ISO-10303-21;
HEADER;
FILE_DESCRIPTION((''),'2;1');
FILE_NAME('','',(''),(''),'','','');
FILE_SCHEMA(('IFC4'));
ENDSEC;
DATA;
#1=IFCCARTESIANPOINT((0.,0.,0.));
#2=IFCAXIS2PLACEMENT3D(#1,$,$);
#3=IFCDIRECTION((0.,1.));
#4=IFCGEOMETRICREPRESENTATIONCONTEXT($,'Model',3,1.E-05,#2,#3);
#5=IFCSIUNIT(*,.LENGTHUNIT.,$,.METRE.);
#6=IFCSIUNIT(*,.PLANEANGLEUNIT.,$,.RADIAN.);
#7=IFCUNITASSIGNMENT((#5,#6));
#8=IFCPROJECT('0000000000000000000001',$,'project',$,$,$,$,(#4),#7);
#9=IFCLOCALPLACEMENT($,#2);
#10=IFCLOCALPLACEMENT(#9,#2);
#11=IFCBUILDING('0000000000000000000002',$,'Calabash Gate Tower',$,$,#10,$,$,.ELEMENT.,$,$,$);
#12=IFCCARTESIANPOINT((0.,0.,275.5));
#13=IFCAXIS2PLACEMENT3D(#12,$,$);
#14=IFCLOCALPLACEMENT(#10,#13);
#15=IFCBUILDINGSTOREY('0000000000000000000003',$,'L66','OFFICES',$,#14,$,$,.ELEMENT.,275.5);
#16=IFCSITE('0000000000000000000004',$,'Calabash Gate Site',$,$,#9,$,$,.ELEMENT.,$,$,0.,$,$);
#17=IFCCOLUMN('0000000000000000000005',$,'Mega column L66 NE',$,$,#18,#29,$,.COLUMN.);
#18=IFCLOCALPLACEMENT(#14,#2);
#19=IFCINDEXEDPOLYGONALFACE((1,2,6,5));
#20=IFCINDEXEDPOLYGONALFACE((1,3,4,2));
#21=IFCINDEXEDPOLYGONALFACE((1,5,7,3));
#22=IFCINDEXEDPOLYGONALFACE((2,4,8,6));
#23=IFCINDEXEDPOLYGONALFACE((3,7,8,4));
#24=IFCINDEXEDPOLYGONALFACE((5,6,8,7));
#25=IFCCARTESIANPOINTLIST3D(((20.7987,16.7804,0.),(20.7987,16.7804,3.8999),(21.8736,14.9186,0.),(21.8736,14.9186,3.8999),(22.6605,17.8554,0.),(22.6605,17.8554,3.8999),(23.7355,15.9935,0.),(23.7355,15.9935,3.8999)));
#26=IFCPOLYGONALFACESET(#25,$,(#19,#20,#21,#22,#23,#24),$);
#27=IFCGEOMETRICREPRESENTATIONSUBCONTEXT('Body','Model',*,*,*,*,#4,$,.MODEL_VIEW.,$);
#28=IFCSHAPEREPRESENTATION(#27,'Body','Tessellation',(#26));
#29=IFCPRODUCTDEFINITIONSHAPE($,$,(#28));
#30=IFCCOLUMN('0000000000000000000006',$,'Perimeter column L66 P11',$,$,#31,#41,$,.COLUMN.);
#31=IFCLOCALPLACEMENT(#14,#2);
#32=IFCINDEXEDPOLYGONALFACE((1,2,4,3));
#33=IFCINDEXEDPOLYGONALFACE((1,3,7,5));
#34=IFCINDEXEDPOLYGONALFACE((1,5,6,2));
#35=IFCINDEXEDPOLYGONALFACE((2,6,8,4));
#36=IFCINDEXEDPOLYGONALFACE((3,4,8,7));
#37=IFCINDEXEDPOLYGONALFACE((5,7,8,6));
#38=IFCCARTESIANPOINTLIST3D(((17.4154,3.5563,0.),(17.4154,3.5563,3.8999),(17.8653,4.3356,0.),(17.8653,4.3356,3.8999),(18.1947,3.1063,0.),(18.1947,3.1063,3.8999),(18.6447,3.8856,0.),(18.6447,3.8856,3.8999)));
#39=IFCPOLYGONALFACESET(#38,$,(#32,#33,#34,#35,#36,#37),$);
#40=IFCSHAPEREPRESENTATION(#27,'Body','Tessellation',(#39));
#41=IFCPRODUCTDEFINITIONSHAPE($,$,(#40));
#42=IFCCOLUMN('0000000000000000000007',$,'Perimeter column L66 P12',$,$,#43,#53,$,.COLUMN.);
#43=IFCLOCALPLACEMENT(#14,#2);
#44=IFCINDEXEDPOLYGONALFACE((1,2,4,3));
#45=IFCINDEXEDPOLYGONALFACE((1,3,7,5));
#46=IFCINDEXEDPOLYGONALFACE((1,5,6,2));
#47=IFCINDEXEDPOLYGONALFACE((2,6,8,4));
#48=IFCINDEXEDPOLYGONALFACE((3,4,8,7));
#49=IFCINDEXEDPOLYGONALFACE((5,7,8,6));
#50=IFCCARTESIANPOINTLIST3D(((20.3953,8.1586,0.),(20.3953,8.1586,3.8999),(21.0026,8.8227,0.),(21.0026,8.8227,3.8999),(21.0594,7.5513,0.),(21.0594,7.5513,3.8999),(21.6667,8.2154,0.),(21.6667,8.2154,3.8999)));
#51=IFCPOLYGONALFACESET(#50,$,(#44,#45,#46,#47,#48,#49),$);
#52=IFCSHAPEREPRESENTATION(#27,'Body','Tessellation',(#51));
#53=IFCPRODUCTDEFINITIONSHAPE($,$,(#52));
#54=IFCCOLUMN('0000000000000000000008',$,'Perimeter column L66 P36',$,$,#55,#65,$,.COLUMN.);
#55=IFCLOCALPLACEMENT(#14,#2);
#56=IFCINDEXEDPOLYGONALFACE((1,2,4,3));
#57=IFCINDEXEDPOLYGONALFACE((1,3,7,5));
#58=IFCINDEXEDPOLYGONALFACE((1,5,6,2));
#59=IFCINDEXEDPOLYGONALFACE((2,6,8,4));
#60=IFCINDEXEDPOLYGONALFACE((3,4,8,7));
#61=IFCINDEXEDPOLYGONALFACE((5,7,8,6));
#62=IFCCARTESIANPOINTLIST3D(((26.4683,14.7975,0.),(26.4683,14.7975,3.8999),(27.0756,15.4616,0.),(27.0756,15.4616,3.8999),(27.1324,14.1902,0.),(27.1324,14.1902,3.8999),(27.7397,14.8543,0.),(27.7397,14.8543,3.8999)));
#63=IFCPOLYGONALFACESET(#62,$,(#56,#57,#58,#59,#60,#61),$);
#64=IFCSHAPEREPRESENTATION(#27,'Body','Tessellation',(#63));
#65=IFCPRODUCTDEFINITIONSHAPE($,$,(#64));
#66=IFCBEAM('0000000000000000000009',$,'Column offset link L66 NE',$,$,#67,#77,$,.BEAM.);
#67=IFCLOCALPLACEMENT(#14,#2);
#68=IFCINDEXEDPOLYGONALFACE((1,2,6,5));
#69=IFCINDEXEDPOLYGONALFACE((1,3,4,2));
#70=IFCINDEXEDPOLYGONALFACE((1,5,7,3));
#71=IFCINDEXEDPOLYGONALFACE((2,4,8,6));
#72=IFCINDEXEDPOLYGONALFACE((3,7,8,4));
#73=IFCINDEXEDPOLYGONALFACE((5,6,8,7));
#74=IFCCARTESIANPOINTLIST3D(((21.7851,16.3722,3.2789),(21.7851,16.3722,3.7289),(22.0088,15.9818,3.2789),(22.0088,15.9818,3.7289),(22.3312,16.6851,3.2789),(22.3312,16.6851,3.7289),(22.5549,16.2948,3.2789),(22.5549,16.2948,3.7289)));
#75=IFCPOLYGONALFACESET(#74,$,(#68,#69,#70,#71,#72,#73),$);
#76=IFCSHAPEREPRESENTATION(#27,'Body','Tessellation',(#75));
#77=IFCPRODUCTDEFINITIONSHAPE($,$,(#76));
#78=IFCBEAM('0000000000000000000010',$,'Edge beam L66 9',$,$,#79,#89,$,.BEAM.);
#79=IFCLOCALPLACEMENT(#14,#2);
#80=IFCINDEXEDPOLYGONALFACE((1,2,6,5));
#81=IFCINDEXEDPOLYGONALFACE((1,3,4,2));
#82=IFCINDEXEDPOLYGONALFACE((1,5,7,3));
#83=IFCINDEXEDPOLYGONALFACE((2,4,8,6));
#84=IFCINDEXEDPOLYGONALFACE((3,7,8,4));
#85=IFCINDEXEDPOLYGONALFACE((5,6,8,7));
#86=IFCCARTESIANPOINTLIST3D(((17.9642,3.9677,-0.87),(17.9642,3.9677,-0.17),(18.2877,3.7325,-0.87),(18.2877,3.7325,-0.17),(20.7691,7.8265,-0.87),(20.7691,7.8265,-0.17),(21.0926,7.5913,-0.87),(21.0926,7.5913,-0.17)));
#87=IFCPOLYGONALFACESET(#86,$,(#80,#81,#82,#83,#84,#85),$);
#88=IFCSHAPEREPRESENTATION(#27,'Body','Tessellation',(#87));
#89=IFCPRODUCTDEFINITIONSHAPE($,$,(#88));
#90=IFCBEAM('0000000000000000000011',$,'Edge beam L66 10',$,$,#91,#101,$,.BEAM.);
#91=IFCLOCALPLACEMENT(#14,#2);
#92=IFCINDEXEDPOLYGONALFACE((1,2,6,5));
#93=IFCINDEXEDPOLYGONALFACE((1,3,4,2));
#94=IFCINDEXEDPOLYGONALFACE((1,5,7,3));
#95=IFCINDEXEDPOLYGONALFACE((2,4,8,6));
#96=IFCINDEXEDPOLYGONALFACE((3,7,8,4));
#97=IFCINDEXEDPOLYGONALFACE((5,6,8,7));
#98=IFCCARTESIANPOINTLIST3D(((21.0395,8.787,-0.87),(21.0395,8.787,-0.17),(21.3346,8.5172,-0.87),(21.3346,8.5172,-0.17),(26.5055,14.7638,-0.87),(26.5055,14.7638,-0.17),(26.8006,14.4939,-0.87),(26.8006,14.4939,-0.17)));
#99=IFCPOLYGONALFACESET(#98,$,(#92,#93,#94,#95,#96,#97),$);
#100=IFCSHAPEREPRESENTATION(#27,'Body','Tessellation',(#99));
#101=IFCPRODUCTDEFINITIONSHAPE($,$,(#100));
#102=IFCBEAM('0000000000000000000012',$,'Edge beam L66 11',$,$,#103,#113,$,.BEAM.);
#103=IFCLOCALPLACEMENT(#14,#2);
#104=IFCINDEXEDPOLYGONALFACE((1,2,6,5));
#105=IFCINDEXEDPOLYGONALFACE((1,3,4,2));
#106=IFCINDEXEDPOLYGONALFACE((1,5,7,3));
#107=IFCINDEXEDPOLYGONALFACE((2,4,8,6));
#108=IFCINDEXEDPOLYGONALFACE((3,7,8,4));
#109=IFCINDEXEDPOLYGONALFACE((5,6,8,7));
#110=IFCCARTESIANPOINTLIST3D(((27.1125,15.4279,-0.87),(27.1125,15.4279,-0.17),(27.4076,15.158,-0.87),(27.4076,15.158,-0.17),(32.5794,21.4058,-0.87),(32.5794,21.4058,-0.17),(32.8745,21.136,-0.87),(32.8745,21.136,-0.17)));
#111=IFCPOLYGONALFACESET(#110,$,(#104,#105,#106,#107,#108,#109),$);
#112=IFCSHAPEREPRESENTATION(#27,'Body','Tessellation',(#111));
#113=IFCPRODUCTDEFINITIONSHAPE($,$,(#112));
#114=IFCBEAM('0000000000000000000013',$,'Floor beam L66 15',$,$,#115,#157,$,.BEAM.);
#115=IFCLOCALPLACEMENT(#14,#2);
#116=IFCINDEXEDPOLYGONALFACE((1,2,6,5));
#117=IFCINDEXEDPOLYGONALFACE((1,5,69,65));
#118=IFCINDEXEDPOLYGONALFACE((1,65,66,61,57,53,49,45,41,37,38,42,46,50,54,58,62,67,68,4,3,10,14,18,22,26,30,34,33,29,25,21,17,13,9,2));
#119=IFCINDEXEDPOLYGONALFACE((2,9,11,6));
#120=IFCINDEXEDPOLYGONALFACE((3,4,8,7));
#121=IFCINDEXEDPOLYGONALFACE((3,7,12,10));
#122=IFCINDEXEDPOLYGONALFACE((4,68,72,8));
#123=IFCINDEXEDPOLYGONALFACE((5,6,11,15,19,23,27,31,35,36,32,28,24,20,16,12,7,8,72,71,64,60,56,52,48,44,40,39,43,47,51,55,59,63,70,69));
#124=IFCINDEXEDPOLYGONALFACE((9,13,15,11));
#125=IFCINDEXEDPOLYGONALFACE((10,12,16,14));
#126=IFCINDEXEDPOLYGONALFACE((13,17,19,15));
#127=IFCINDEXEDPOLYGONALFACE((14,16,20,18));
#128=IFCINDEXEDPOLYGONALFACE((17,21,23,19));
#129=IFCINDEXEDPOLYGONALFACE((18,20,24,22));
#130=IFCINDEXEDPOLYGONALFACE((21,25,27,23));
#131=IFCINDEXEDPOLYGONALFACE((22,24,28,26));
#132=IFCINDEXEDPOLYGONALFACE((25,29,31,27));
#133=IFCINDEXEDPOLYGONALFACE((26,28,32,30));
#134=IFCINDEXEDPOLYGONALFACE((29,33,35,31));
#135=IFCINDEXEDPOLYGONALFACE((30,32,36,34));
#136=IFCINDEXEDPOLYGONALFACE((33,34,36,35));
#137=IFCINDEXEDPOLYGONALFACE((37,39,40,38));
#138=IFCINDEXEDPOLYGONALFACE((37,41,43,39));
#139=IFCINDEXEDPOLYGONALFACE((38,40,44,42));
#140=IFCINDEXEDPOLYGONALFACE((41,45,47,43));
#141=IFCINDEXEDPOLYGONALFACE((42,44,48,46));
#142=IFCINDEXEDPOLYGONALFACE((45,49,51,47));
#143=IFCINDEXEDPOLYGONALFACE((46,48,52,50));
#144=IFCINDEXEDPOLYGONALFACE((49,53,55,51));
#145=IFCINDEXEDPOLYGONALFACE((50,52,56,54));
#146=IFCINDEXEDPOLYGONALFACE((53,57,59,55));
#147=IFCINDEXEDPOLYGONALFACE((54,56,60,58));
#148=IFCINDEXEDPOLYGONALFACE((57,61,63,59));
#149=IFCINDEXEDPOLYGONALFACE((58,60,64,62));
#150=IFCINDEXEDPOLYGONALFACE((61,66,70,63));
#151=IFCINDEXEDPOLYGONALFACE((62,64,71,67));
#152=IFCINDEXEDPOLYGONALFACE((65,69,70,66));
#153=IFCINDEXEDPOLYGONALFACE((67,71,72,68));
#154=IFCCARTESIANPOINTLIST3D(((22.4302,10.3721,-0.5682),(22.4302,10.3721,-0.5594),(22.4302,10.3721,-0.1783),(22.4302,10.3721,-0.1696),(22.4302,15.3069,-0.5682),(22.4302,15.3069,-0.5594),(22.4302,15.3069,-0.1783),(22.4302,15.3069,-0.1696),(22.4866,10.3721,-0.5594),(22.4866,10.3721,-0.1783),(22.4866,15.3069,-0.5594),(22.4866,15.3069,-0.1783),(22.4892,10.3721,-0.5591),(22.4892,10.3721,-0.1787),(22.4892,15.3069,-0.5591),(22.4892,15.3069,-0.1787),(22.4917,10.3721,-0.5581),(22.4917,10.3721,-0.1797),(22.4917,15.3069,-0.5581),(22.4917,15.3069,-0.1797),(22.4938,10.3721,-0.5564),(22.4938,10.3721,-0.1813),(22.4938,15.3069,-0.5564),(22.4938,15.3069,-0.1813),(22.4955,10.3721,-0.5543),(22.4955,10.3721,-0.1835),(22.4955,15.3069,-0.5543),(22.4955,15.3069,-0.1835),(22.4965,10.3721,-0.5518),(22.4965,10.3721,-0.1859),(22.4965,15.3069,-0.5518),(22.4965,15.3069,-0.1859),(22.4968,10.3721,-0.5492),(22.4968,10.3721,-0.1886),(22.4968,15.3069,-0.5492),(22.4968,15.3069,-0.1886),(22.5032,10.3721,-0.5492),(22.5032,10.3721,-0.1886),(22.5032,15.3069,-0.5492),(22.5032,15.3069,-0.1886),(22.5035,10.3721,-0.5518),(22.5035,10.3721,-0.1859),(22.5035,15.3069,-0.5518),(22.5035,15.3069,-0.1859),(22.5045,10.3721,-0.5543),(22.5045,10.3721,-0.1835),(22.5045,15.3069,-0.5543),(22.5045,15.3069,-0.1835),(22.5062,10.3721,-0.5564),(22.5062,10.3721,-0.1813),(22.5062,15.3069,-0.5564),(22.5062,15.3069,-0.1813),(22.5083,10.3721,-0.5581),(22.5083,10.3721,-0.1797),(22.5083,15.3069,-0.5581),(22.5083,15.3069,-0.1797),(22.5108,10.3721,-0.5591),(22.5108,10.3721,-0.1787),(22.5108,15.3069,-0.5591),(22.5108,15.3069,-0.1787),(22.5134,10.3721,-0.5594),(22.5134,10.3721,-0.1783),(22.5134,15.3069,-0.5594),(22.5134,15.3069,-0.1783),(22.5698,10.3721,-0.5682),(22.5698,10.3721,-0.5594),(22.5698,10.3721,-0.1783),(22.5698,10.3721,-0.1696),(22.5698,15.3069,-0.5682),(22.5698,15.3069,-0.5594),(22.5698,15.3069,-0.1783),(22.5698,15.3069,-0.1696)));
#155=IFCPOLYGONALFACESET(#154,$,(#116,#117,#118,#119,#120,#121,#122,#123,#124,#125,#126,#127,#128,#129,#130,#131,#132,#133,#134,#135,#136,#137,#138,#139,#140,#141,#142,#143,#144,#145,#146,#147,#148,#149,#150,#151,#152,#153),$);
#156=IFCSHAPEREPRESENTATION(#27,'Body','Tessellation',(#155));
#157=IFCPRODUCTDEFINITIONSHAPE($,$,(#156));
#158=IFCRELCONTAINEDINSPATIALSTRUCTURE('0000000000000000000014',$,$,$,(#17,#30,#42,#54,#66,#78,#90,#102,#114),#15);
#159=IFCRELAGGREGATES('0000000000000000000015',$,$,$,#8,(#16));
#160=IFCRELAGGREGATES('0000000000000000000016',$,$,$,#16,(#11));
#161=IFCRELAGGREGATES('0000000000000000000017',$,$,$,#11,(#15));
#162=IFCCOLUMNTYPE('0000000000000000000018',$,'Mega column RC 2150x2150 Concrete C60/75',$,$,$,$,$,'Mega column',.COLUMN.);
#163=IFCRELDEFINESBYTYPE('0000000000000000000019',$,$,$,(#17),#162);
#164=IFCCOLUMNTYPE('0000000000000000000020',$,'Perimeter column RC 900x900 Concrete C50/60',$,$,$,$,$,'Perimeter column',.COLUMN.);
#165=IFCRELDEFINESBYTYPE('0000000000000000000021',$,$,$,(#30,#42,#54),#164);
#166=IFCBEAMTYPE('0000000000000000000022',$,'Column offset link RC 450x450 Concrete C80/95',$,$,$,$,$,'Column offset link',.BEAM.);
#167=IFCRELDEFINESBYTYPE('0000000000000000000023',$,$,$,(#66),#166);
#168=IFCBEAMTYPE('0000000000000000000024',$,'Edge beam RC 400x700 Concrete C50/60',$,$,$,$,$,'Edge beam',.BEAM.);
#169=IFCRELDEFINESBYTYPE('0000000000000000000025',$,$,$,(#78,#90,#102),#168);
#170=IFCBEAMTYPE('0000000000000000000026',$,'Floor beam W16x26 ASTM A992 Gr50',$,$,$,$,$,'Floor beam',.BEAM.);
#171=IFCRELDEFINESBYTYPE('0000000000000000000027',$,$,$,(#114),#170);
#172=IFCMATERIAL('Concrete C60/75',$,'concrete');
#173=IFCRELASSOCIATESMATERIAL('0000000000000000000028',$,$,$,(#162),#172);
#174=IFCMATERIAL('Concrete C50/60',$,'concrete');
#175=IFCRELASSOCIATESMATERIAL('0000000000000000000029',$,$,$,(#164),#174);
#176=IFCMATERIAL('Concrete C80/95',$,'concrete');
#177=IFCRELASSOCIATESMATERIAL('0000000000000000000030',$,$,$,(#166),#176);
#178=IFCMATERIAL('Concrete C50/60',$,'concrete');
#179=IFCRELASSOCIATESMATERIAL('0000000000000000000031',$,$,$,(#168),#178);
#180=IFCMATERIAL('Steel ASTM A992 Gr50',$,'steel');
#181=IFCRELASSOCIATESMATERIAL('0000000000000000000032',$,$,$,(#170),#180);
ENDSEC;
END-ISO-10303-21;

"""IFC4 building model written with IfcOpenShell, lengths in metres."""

from ifc_helpers import new_model, si_unit, direction, frame, origin, origin_2d, place, context, subcontext, project, spatial, rectangle, i_section, extrude, material, material_profile, profile_set, type_object, element, save


model = new_model("IFC4")

# Units and contexts
model_context = context("Model", 3, precision=1e-05, world=origin(), true_north=direction((0.0, 1.0)))
body_context = subcontext(model_context, "Body", "Model", "MODEL_VIEW")
ifc_project = project(units=[si_unit("LENGTHUNIT", "METRE"), si_unit("PLANEANGLEUNIT", "RADIAN")], contexts=[model_context])

# Site, building, storey
site_placement = place(None, origin())
site = spatial("IfcSite", under=ifc_project, at=site_placement, Name="Calabash Gate Site", CompositionType="ELEMENT", RefElevation=0.0)
building_placement = place(site_placement, origin())
building = spatial("IfcBuilding", under=site, at=building_placement, Name="Calabash Gate Tower", CompositionType="ELEMENT")
storey_placement = place(building_placement, frame((0.0, 0.0, 275.5)))
storey = spatial("IfcBuildingStorey", under=building, at=storey_placement, Name="L66", Description="OFFICES", CompositionType="ELEMENT", Elevation=275.5)

# Columns
ifc_material_1 = material(Name="Concrete C60/75", Category="concrete")
ifc_material_profile_1 = material_profile(ifc_material_1, rectangle(XDim=2.1499, YDim=2.1499, at=origin_2d()))
ifc_profile_set_1 = profile_set([ifc_material_profile_1], Name="Concrete C60/75")
column_type_1 = type_object("IfcColumnType", Name="Mega column RC 2150x2150 Concrete C60/75", ElementType="Mega column", PredefinedType="COLUMN", material=ifc_profile_set_1)
column_placement = place(storey_placement, frame((22.2671, 16.387, 0.0), z_axis=(0.0, 0.0, 1.0), x_axis=(-0.866025, -0.5, 0.0)))
element("IfcColumn", 1, at=column_placement, inside=storey, type_object=column_type_1, Name="Mega column L66 NE", PredefinedType="COLUMN", context=body_context, shape_type="SweptSolid", body=[
    extrude(rectangle(XDim=2.1499, YDim=2.1499, at=origin_2d()), origin(), (0.0, 0.0, 1.0), 3.8999),
])
ifc_material_2 = material(Name="Concrete C50/60", Category="concrete")
ifc_material_profile_2 = material_profile(ifc_material_2, rectangle(XDim=0.8999, YDim=0.8999, at=origin_2d()))
ifc_profile_set_2 = profile_set([ifc_material_profile_2], Name="Concrete C50/60")
column_type_2 = type_object("IfcColumnType", Name="Perimeter column RC 900x900 Concrete C50/60", ElementType="Perimeter column", PredefinedType="COLUMN", material=ifc_profile_set_2)
for number, where, z_axis, x_axis, name in (
    (2, (18.03, 3.7209, 0.0), (0.0, 0.0, 1.0), (0.5, 0.866025, 0.0), "Perimeter column L66 P11"),
    (3, (21.031, 8.187, 0.0), (0.0, 0.0, 1.0), (0.674856, 0.737949, 0.0), "Perimeter column L66 P12"),
    (4, (27.104, 14.8259, 0.0), (0.0, 0.0, 1.0), (0.674856, 0.737949, 0.0), "Perimeter column L66 P36"),
):
    element("IfcColumn", number, at=place(storey_placement, frame(where, z_axis=z_axis, x_axis=x_axis)), inside=storey, type_object=column_type_2, Name=name, PredefinedType="COLUMN", context=body_context, shape_type="SweptSolid", body=[
        extrude(rectangle(XDim=0.8999, YDim=0.8999, at=origin_2d()), origin(), (0.0, 0.0, 1.0), 3.8999),
    ])

# Beams
ifc_material_3 = material(Name="Concrete C80/95", Category="concrete")
ifc_material_profile_3 = material_profile(ifc_material_3, rectangle(XDim=0.45, YDim=0.45, at=origin_2d()))
ifc_profile_set_3 = profile_set([ifc_material_profile_3], Name="Concrete C80/95")
beam_type_1 = type_object("IfcBeamType", Name="Column offset link RC 450x450 Concrete C80/95", ElementType="Column offset link", PredefinedType="BEAM", material=ifc_profile_set_3)
beam_1_placement = place(storey_placement, frame((21.897, 16.177, 3.5039), z_axis=(0.867622, 0.497225, 0.0), x_axis=(-0.497225, 0.867622, 0.0)))
element("IfcBeam", 5, at=beam_1_placement, inside=storey, type_object=beam_type_1, Name="Column offset link L66 NE", PredefinedType="BEAM", context=body_context, shape_type="SweptSolid", body=[
    extrude(rectangle(XDim=0.45, YDim=0.45, at=origin_2d()), origin(), (0.0, 0.0, 1.0), 0.6294),
])
ifc_material_4 = material(Name="Concrete C50/60", Category="concrete")
ifc_material_profile_4 = material_profile(ifc_material_4, rectangle(XDim=0.3999, YDim=0.7, at=origin_2d()))
ifc_profile_set_4 = profile_set([ifc_material_profile_4], Name="Concrete C50/60")
beam_type_2 = type_object("IfcBeamType", Name="Edge beam RC 400x700 Concrete C50/60", ElementType="Edge beam", PredefinedType="BEAM", material=ifc_profile_set_4)
beam_2_placement = place(storey_placement, frame((18.126, 3.8501, -0.52), z_axis=(0.587962, 0.808889, 0.0), x_axis=(-0.808889, 0.587962, 0.0)))
element("IfcBeam", 6, at=beam_2_placement, inside=storey, type_object=beam_type_2, Name="Edge beam L66 9", PredefinedType="BEAM", context=body_context, shape_type="SweptSolid", body=[
    extrude(rectangle(XDim=0.3999, YDim=0.7, at=origin_2d()), origin(), (0.0, 0.0, 1.0), 4.7705),
])
beam_3_placement = place(storey_placement, frame((21.187, 8.6521, -0.52), z_axis=(0.674874, 0.737933, 0.0), x_axis=(-0.737933, 0.674874, 0.0)))
element("IfcBeam", 7, at=beam_3_placement, inside=storey, type_object=beam_type_2, Name="Edge beam L66 10", PredefinedType="BEAM", context=body_context, shape_type="SweptSolid", body=[
    extrude(rectangle(XDim=0.3999, YDim=0.7, at=origin_2d()), origin(), (0.0, 0.0, 1.0), 8.0994),
])
beam_4_placement = place(storey_placement, frame((27.26, 15.293, -0.52), z_axis=(0.674864, 0.737942, 0.0), x_axis=(-0.737942, 0.674864, 0.0)))
element("IfcBeam", 8, at=beam_4_placement, inside=storey, type_object=beam_type_2, Name="Edge beam L66 11", PredefinedType="BEAM", context=body_context, shape_type="SweptSolid", body=[
    extrude(rectangle(XDim=0.3999, YDim=0.7, at=origin_2d()), origin(), (0.0, 0.0, 1.0), 8.1008),
])
ifc_material_5 = material(Name="Steel ASTM A992 Gr50", Category="steel")
ifc_material_profile_5 = material_profile(ifc_material_5, i_section(OverallWidth=0.1396, OverallDepth=0.3987, WebThickness=0.0063, FlangeThickness=0.0088, FilletRadius=0.0103, at=origin_2d()))
ifc_profile_set_5 = profile_set([ifc_material_profile_5], Name="Steel ASTM A992 Gr50")
beam_type_3 = type_object("IfcBeamType", Name="Floor beam W16x26 ASTM A992 Gr50", ElementType="Floor beam", PredefinedType="BEAM", material=ifc_profile_set_5)
beam_5_placement = place(storey_placement, frame((22.5, 10.3721, -0.3689), z_axis=(0.0, 1.0, 0.0), x_axis=(-1.0, 0.0, 0.0)))
element("IfcBeam", 9, at=beam_5_placement, inside=storey, type_object=beam_type_3, Name="Floor beam L66 15", PredefinedType="BEAM", context=body_context, shape_type="SweptSolid", body=[
    extrude(i_section(OverallWidth=0.1396, OverallDepth=0.3987, WebThickness=0.0063, FlangeThickness=0.0088, FilletRadius=0.0103, at=origin_2d()), origin(), (0.0, 0.0, 1.0), 4.9348),
])

save(model, "model.ifc")
